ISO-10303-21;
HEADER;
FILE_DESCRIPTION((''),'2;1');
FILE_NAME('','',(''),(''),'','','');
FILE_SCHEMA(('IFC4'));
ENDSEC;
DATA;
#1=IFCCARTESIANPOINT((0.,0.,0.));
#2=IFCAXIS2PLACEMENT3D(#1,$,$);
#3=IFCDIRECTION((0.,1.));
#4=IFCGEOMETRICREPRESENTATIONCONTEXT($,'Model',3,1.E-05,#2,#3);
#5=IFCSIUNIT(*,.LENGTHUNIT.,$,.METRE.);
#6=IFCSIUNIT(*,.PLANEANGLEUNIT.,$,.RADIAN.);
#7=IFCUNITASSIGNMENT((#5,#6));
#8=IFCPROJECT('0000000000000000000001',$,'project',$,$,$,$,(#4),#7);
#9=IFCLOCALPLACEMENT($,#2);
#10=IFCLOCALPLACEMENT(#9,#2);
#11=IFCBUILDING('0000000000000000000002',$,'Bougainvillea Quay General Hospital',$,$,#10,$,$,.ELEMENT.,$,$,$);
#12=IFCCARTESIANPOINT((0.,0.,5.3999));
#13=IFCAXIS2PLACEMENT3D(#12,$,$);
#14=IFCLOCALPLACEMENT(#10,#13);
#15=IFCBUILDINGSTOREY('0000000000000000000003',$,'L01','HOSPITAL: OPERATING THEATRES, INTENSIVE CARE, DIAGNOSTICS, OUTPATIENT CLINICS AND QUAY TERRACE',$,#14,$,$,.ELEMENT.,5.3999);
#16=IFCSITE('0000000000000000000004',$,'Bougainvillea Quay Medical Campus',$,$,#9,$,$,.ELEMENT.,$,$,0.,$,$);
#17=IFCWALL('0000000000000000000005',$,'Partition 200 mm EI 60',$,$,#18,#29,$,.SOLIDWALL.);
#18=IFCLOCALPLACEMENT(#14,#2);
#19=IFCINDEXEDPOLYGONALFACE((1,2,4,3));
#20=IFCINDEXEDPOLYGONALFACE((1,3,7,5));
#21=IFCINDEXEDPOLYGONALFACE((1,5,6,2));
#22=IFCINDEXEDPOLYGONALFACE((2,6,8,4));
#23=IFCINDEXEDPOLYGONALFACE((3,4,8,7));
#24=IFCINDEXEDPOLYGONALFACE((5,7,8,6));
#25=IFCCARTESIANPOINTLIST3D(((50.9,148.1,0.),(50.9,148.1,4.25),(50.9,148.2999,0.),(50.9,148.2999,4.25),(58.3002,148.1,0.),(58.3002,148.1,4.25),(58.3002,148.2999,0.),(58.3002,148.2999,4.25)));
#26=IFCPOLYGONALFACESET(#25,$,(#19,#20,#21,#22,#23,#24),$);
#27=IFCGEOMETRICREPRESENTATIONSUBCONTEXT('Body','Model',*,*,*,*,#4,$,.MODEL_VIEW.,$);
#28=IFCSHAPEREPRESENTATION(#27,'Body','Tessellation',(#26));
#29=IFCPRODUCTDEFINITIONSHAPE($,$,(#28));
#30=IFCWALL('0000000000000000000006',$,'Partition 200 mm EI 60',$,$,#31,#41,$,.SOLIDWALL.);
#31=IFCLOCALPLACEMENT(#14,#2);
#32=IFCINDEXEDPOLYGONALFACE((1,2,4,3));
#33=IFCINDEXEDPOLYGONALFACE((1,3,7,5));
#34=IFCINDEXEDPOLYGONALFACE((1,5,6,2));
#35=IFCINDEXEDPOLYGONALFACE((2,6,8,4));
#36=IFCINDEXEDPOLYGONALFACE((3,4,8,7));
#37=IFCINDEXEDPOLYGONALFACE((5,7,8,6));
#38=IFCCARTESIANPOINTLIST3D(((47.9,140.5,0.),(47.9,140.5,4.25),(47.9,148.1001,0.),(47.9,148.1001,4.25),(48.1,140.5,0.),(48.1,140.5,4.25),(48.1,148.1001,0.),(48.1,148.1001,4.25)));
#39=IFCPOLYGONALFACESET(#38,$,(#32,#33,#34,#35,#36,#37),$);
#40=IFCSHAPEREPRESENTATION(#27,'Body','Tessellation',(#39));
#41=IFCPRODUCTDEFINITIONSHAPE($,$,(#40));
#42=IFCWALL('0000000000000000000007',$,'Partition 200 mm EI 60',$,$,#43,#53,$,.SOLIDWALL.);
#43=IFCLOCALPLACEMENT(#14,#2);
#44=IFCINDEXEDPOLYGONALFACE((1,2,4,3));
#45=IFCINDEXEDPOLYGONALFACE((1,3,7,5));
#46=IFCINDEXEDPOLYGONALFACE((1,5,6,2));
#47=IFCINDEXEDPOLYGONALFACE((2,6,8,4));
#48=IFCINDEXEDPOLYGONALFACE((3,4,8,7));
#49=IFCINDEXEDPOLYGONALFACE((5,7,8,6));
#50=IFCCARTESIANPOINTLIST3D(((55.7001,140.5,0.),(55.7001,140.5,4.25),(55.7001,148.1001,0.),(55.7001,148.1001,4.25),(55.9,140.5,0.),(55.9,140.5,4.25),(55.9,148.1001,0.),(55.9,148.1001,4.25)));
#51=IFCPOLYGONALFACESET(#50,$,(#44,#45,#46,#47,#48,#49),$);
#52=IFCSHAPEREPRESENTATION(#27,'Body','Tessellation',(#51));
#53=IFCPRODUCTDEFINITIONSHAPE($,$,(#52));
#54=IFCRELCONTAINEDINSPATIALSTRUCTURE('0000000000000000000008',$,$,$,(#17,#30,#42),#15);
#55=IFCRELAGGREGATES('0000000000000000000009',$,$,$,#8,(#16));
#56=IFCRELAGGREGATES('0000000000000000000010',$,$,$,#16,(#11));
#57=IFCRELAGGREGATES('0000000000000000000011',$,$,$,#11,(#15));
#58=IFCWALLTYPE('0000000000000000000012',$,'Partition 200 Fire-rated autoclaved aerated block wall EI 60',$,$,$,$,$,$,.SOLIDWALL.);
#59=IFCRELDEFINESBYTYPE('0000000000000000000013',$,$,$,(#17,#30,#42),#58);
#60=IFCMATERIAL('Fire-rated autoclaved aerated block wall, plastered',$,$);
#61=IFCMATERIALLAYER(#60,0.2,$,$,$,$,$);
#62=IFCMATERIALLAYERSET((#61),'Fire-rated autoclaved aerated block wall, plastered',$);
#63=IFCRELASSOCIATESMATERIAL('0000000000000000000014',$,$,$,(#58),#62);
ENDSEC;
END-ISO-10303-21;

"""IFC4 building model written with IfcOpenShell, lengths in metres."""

from ifc_helpers import new_model, si_unit, direction, frame, frame_2d, origin, place, context, subcontext, project, spatial, rectangle, extrude, material, layer, layer_set, type_object, element, save


model = new_model("IFC4")

# Units and contexts
model_context = context("Model", 3, precision=1e-05, world=origin(), true_north=direction((0.0, 1.0)))
body_context = subcontext(model_context, "Body", "Model", "MODEL_VIEW")
ifc_project = project(units=[si_unit("LENGTHUNIT", "METRE"), si_unit("PLANEANGLEUNIT", "RADIAN")], contexts=[model_context])

# Site, building, storey
site_placement = place(None, origin())
site = spatial("IfcSite", under=ifc_project, at=site_placement, Name="Bougainvillea Quay Medical Campus", CompositionType="ELEMENT", RefElevation=0.0)
building_placement = place(site_placement, origin())
building = spatial("IfcBuilding", under=site, at=building_placement, Name="Bougainvillea Quay General Hospital", CompositionType="ELEMENT")
storey_placement = place(building_placement, frame((0.0, 0.0, 5.3999)))
storey = spatial("IfcBuildingStorey", under=building, at=storey_placement, Name="L01", Description="HOSPITAL: OPERATING THEATRES, INTENSIVE CARE, DIAGNOSTICS, OUTPATIENT CLINICS AND QUAY TERRACE", CompositionType="ELEMENT", Elevation=5.3999)

# Shared definitions
ifc_material_1 = material(Name="Fire-rated autoclaved aerated block wall, plastered")

# Walls
ifc_layer_1 = layer(ifc_material_1, 0.2)
ifc_layer_set_1 = layer_set([ifc_layer_1], Name="Fire-rated autoclaved aerated block wall, plastered")
wall_type_1 = type_object("IfcWallType", Name="Partition 200 Fire-rated autoclaved aerated block wall EI 60", PredefinedType="SOLIDWALL", material=ifc_layer_set_1)
wall_1_placement = place(storey_placement, frame((50.8999, 148.2, 0.0), z_axis=(0.0, 0.0, 1.0), x_axis=(1.0, 0.0, 0.0)))
element("IfcWall", 1, at=wall_1_placement, inside=storey, type_object=wall_type_1, Name="Partition 200 mm EI 60", PredefinedType="SOLIDWALL", context=body_context, shape_type="SweptSolid", body=[
    extrude(rectangle(XDim=7.4001, YDim=0.2, at=frame_2d((3.7002, 0.0))), origin(), (0.0, 0.0, 1.0), 4.25),
])
for number, where, z_axis, x_axis, name in (
    (2, (48.0, 140.5, 0.0), (0.0, 0.0, 1.0), (0.0, 1.0, 0.0), "Partition 200 mm EI 60"),
    (3, (55.8, 140.5, 0.0), (0.0, 0.0, 1.0), (0.0, 1.0, 0.0), "Partition 200 mm EI 60"),
):
    element("IfcWall", number, at=place(storey_placement, frame(where, z_axis=z_axis, x_axis=x_axis)), inside=storey, type_object=wall_type_1, Name=name, PredefinedType="SOLIDWALL", context=body_context, shape_type="SweptSolid", body=[
        extrude(rectangle(XDim=7.6001, YDim=0.2, at=frame_2d((3.8, 0.0))), origin(), (0.0, 0.0, 1.0), 4.25),
    ])

save(model, "model.ifc")
